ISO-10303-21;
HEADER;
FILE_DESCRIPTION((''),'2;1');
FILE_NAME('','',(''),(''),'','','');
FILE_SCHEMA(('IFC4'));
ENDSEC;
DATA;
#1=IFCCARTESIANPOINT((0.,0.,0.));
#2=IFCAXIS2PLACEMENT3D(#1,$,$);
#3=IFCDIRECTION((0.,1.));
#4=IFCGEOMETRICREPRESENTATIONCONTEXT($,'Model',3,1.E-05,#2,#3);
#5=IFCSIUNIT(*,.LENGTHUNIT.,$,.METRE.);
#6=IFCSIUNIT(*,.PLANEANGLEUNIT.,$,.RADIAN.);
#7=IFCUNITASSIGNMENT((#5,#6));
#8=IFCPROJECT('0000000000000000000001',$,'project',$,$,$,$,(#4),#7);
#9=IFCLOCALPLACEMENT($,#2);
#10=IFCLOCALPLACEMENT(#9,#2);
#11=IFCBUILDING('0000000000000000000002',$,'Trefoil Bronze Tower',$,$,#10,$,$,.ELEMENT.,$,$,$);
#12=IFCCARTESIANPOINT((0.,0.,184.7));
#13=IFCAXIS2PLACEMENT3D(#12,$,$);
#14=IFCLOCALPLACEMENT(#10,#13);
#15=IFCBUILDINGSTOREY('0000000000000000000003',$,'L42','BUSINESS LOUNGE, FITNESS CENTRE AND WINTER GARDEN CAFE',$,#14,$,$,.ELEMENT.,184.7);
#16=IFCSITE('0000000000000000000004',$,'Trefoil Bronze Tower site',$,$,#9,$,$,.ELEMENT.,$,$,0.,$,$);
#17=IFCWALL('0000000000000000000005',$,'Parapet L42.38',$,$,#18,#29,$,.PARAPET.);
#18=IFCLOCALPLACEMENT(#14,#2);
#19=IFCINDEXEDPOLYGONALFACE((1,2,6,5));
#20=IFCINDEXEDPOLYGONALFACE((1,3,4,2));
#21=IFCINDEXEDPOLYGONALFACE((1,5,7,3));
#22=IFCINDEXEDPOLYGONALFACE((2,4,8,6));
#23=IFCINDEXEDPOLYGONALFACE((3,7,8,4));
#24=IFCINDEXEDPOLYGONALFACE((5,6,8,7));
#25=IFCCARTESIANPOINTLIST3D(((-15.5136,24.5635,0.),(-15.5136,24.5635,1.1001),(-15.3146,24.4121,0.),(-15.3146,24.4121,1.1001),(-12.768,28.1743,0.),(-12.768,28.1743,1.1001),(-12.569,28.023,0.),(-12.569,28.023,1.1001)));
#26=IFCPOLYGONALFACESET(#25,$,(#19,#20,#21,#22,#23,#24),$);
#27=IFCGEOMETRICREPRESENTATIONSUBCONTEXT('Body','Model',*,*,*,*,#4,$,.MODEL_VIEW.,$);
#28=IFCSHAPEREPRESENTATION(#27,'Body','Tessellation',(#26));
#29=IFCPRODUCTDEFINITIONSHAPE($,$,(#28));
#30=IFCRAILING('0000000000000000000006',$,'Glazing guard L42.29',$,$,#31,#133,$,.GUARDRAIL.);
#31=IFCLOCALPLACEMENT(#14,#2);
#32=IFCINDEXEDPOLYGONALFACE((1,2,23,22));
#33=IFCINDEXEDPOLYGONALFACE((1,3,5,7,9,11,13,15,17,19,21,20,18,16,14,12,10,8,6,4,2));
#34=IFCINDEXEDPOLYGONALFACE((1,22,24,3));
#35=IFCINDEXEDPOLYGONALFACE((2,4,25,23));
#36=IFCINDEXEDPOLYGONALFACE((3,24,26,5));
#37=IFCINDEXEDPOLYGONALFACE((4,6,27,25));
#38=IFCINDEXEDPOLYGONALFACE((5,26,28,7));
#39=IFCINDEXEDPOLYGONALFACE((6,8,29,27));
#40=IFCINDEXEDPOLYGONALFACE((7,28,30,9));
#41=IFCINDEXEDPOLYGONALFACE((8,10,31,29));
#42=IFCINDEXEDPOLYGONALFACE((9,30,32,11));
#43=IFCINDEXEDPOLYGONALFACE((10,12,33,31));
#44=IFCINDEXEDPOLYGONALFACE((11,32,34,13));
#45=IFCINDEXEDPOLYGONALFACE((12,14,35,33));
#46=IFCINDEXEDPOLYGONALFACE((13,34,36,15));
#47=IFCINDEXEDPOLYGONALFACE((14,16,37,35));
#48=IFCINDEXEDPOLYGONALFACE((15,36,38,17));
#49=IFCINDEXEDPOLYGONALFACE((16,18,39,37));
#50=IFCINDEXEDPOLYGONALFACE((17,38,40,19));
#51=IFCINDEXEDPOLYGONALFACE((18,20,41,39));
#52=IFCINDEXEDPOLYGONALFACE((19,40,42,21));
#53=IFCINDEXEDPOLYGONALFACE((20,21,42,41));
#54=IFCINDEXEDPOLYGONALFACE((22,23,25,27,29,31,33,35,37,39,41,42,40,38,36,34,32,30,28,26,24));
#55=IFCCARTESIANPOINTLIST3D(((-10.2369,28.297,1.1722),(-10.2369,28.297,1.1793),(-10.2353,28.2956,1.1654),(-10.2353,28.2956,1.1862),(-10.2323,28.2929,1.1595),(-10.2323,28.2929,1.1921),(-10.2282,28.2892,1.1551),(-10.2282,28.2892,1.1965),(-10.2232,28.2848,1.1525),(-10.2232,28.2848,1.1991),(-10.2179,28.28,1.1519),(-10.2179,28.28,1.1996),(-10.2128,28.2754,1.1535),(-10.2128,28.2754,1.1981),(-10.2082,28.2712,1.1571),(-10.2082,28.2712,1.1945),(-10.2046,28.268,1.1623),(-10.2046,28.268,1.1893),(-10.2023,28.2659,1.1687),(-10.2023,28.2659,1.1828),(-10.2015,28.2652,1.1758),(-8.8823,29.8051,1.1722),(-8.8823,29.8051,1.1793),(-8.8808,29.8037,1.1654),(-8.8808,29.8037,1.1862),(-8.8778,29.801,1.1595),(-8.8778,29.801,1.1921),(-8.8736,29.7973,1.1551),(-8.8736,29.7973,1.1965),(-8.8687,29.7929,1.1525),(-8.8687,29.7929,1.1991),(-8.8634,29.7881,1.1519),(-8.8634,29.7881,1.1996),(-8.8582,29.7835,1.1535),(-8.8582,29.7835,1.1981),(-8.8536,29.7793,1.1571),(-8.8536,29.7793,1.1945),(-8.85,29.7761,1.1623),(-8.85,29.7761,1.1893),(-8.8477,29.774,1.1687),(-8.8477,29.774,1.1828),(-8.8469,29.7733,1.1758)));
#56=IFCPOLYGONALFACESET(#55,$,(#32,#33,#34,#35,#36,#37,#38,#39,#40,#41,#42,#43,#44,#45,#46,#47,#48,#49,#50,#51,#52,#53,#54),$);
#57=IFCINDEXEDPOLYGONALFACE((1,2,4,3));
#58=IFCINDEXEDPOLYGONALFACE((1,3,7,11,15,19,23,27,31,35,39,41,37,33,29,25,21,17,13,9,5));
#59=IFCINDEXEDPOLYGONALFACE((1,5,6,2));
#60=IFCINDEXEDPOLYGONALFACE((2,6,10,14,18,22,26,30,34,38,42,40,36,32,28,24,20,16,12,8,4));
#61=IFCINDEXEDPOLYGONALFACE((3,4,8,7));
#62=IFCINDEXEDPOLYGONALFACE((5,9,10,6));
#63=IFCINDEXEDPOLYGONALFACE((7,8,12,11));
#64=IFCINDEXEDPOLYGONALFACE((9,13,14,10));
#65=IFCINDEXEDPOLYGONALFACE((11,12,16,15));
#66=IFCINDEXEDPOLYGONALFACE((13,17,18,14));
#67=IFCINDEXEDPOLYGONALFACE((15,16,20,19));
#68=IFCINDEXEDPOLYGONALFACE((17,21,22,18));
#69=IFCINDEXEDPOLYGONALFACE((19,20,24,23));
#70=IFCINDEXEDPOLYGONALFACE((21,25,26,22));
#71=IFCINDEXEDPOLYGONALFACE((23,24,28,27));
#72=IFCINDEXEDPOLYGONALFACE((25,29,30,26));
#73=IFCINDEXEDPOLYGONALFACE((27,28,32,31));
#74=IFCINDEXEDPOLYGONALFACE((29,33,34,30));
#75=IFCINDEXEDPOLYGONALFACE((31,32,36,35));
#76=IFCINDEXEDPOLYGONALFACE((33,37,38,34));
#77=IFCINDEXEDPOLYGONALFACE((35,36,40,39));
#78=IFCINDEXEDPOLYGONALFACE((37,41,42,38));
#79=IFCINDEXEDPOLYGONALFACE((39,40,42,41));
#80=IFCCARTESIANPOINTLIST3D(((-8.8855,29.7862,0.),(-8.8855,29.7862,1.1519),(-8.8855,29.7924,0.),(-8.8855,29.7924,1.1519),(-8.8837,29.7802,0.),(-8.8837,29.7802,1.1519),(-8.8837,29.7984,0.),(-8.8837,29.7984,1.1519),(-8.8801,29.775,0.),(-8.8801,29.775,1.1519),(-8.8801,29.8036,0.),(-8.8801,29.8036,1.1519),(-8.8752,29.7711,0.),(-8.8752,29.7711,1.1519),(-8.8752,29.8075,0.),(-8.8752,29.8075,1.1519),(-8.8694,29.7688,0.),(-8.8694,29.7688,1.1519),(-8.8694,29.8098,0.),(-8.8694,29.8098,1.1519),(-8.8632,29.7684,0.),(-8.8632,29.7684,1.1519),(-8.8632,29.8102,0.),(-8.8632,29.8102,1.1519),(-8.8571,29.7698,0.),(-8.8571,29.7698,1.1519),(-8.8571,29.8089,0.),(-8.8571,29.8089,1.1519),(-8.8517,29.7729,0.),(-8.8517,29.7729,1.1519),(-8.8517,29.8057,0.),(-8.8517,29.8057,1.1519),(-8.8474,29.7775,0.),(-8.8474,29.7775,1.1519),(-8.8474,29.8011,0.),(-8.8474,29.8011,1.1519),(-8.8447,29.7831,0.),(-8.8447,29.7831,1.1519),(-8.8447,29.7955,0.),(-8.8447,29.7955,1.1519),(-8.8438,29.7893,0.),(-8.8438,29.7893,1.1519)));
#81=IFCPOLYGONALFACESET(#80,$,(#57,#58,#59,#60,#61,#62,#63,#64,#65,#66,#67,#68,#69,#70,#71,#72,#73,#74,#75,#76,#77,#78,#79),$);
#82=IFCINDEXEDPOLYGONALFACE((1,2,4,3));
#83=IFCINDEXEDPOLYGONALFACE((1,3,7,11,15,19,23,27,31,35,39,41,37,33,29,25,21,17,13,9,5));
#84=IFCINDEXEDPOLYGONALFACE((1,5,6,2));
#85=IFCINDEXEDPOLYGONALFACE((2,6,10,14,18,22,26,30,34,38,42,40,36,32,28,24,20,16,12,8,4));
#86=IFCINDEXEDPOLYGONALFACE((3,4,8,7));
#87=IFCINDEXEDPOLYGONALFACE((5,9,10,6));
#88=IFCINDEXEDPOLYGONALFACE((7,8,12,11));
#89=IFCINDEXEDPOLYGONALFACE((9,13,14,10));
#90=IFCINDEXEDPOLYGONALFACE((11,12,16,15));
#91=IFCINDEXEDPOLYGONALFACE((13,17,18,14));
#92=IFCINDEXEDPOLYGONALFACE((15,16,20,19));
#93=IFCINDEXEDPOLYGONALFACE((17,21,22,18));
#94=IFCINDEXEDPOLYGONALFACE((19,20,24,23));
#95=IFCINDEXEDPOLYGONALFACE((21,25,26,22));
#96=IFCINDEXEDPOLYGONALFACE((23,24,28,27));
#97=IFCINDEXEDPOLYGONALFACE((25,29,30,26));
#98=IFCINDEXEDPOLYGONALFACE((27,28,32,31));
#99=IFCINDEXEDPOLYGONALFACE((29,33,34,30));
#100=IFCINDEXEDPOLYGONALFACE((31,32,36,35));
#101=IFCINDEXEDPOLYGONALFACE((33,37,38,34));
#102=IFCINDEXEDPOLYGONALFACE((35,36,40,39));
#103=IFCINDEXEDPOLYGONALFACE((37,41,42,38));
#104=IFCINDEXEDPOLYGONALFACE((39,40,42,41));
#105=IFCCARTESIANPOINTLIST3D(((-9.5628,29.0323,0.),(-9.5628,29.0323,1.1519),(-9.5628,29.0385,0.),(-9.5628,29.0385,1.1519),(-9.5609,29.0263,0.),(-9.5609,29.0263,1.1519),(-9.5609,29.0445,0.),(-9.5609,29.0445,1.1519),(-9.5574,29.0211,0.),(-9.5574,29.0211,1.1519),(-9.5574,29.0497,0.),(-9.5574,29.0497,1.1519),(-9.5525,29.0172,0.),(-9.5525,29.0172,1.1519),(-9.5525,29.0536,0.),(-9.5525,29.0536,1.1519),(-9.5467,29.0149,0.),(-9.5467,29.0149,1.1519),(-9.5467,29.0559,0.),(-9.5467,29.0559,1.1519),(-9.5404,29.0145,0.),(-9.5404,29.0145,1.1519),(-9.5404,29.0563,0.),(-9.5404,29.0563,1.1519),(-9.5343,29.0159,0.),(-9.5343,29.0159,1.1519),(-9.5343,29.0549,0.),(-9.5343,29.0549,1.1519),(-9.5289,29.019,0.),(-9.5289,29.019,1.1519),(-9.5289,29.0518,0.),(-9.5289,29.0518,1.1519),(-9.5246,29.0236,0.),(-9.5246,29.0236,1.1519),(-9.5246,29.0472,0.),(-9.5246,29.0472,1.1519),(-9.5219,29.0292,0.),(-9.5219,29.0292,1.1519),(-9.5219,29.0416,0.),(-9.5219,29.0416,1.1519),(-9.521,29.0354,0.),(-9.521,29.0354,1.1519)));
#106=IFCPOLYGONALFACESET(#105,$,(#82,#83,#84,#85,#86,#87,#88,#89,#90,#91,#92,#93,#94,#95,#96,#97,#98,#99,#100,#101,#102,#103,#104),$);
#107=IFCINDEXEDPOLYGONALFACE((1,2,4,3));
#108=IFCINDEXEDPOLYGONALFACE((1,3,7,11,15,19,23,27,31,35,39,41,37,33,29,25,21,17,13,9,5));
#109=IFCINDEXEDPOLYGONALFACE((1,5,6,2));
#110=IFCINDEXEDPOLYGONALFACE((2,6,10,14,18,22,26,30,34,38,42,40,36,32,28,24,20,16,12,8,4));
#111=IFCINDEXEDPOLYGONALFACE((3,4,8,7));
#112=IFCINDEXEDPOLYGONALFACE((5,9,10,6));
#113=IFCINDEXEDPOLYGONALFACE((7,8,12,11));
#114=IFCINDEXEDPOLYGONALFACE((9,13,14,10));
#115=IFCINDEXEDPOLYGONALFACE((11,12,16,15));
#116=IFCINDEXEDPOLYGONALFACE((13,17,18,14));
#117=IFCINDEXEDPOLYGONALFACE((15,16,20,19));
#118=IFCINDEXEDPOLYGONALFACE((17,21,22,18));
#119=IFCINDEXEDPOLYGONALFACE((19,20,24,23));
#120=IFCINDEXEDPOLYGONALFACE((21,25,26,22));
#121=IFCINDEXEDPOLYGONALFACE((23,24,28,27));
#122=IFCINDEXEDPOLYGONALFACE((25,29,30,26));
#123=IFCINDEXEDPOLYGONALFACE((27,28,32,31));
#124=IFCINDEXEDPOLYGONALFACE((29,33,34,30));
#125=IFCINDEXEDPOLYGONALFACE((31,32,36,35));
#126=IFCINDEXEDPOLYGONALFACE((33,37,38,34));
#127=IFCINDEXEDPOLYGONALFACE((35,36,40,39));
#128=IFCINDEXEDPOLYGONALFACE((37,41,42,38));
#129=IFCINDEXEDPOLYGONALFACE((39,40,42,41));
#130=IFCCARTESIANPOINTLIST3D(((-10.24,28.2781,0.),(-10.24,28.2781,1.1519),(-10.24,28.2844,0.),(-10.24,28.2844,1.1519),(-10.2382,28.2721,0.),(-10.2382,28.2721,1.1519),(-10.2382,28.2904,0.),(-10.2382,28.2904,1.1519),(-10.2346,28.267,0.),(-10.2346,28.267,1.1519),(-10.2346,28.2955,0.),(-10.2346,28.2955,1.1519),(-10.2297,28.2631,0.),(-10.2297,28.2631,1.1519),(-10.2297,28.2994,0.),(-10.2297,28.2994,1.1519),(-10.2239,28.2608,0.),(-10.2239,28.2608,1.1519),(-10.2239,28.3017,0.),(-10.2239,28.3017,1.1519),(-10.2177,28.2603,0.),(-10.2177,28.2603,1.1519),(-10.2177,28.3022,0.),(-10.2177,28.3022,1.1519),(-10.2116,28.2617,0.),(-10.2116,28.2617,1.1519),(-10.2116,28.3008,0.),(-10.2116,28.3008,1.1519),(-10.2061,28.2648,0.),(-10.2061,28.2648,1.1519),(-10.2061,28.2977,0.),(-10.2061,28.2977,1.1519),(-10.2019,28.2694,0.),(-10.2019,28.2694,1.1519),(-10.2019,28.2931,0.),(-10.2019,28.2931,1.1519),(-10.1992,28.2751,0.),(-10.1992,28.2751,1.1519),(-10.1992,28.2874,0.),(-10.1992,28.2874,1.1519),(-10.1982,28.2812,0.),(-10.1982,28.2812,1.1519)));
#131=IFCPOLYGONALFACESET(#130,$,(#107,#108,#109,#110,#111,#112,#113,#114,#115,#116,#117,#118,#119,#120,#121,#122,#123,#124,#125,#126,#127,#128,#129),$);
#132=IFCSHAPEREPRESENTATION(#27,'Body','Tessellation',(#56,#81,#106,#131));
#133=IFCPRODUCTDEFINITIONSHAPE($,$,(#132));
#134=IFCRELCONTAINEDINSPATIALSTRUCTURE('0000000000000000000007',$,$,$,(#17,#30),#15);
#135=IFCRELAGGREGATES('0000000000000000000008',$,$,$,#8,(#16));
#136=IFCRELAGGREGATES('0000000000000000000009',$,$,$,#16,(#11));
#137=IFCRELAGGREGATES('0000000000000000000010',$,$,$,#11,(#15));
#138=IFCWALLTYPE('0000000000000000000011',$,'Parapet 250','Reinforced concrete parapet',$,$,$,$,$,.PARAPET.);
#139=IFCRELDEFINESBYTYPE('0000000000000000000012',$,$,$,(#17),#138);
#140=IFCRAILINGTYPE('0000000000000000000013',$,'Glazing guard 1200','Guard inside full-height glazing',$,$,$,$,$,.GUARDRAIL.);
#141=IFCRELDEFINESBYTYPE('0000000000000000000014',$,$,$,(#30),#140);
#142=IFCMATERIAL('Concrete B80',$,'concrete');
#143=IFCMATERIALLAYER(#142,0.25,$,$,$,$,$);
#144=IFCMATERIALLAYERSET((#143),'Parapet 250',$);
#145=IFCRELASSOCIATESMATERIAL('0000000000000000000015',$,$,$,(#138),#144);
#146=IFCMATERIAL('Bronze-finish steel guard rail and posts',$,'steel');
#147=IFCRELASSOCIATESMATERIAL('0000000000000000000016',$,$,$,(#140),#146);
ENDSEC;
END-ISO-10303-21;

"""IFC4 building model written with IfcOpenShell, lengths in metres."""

from ifc_helpers import new_model, si_unit, direction, frame, frame_2d, origin, origin_2d, place, context, subcontext, project, spatial, rectangle, circle, extrude, material, layer, layer_set, type_object, element, save


model = new_model("IFC4")

# Units and contexts
model_context = context("Model", 3, precision=1e-05, world=origin(), true_north=direction((0.0, 1.0)))
body_context = subcontext(model_context, "Body", "Model", "MODEL_VIEW")
ifc_project = project(units=[si_unit("LENGTHUNIT", "METRE"), si_unit("PLANEANGLEUNIT", "RADIAN")], contexts=[model_context])

# Site, building, storey
site_placement = place(None, origin())
site = spatial("IfcSite", under=ifc_project, at=site_placement, Name="Trefoil Bronze Tower site", CompositionType="ELEMENT", RefElevation=0.0)
building_placement = place(site_placement, origin())
building = spatial("IfcBuilding", under=site, at=building_placement, Name="Trefoil Bronze Tower", CompositionType="ELEMENT")
storey_placement = place(building_placement, frame((0.0, 0.0, 184.7)))
storey = spatial("IfcBuildingStorey", under=building, at=storey_placement, Name="L42", Description="BUSINESS LOUNGE, FITNESS CENTRE AND WINTER GARDEN CAFE", CompositionType="ELEMENT", Elevation=184.7)

# Wall
ifc_material_1 = material(Name="Concrete B80", Category="concrete")
ifc_layer_1 = layer(ifc_material_1, 0.25)
ifc_layer_set_1 = layer_set([ifc_layer_1], Name="Parapet 250")
wall_type = type_object("IfcWallType", Name="Parapet 250", Description="Reinforced concrete parapet", PredefinedType="PARAPET", material=ifc_layer_set_1)
wall_1_placement = place(storey_placement, frame((-12.6685, 28.0986, 0.0), z_axis=(0.0, 0.0, 1.0), x_axis=(-0.605274, -0.796017, 0.0)))
element("IfcWall", 1, at=wall_1_placement, inside=storey, type_object=wall_type, Name="Parapet L42.38", PredefinedType="PARAPET", context=body_context, shape_type="SweptSolid", body=[
    extrude(rectangle(XDim=4.5361, YDim=0.25, at=frame_2d((2.2681, 0.0))), origin(), (0.0, 0.0, 1.0), 1.1001),
])

# Railing
ifc_material_2 = material(Name="Bronze-finish steel guard rail and posts", Category="steel")
railing_type = type_object("IfcRailingType", Name="Glazing guard 1200", Description="Guard inside full-height glazing", PredefinedType="GUARDRAIL", material=ifc_material_2)
railing_1_placement = place(storey_placement, frame((-8.8647, 29.7893, 0.0)))
element("IfcRailing", 2, at=railing_1_placement, inside=storey, type_object=railing_type, Name="Glazing guard L42.29", PredefinedType="GUARDRAIL", context=body_context, shape_type="SweptSolid", body=[
    extrude(circle(Radius=0.0239, at=origin_2d()), frame((0.0, 0.0, 1.1758), z_axis=(-0.668212, -0.743971, 0.0), x_axis=(0.743971, -0.668212, 0.0)), (0.0, 0.0, 1.0), 2.0271),
    extrude(circle(Radius=0.021, at=origin_2d()), origin(), (0.0, 0.0, 1.0), 1.1519),
    extrude(circle(Radius=0.021, at=origin_2d()), frame((-0.6772, -0.7539, 0.0)), (0.0, 0.0, 1.0), 1.1519),
    extrude(circle(Radius=0.021, at=origin_2d()), frame((-1.3545, -1.5081, 0.0)), (0.0, 0.0, 1.0), 1.1519),
])

save(model, "model.ifc")
